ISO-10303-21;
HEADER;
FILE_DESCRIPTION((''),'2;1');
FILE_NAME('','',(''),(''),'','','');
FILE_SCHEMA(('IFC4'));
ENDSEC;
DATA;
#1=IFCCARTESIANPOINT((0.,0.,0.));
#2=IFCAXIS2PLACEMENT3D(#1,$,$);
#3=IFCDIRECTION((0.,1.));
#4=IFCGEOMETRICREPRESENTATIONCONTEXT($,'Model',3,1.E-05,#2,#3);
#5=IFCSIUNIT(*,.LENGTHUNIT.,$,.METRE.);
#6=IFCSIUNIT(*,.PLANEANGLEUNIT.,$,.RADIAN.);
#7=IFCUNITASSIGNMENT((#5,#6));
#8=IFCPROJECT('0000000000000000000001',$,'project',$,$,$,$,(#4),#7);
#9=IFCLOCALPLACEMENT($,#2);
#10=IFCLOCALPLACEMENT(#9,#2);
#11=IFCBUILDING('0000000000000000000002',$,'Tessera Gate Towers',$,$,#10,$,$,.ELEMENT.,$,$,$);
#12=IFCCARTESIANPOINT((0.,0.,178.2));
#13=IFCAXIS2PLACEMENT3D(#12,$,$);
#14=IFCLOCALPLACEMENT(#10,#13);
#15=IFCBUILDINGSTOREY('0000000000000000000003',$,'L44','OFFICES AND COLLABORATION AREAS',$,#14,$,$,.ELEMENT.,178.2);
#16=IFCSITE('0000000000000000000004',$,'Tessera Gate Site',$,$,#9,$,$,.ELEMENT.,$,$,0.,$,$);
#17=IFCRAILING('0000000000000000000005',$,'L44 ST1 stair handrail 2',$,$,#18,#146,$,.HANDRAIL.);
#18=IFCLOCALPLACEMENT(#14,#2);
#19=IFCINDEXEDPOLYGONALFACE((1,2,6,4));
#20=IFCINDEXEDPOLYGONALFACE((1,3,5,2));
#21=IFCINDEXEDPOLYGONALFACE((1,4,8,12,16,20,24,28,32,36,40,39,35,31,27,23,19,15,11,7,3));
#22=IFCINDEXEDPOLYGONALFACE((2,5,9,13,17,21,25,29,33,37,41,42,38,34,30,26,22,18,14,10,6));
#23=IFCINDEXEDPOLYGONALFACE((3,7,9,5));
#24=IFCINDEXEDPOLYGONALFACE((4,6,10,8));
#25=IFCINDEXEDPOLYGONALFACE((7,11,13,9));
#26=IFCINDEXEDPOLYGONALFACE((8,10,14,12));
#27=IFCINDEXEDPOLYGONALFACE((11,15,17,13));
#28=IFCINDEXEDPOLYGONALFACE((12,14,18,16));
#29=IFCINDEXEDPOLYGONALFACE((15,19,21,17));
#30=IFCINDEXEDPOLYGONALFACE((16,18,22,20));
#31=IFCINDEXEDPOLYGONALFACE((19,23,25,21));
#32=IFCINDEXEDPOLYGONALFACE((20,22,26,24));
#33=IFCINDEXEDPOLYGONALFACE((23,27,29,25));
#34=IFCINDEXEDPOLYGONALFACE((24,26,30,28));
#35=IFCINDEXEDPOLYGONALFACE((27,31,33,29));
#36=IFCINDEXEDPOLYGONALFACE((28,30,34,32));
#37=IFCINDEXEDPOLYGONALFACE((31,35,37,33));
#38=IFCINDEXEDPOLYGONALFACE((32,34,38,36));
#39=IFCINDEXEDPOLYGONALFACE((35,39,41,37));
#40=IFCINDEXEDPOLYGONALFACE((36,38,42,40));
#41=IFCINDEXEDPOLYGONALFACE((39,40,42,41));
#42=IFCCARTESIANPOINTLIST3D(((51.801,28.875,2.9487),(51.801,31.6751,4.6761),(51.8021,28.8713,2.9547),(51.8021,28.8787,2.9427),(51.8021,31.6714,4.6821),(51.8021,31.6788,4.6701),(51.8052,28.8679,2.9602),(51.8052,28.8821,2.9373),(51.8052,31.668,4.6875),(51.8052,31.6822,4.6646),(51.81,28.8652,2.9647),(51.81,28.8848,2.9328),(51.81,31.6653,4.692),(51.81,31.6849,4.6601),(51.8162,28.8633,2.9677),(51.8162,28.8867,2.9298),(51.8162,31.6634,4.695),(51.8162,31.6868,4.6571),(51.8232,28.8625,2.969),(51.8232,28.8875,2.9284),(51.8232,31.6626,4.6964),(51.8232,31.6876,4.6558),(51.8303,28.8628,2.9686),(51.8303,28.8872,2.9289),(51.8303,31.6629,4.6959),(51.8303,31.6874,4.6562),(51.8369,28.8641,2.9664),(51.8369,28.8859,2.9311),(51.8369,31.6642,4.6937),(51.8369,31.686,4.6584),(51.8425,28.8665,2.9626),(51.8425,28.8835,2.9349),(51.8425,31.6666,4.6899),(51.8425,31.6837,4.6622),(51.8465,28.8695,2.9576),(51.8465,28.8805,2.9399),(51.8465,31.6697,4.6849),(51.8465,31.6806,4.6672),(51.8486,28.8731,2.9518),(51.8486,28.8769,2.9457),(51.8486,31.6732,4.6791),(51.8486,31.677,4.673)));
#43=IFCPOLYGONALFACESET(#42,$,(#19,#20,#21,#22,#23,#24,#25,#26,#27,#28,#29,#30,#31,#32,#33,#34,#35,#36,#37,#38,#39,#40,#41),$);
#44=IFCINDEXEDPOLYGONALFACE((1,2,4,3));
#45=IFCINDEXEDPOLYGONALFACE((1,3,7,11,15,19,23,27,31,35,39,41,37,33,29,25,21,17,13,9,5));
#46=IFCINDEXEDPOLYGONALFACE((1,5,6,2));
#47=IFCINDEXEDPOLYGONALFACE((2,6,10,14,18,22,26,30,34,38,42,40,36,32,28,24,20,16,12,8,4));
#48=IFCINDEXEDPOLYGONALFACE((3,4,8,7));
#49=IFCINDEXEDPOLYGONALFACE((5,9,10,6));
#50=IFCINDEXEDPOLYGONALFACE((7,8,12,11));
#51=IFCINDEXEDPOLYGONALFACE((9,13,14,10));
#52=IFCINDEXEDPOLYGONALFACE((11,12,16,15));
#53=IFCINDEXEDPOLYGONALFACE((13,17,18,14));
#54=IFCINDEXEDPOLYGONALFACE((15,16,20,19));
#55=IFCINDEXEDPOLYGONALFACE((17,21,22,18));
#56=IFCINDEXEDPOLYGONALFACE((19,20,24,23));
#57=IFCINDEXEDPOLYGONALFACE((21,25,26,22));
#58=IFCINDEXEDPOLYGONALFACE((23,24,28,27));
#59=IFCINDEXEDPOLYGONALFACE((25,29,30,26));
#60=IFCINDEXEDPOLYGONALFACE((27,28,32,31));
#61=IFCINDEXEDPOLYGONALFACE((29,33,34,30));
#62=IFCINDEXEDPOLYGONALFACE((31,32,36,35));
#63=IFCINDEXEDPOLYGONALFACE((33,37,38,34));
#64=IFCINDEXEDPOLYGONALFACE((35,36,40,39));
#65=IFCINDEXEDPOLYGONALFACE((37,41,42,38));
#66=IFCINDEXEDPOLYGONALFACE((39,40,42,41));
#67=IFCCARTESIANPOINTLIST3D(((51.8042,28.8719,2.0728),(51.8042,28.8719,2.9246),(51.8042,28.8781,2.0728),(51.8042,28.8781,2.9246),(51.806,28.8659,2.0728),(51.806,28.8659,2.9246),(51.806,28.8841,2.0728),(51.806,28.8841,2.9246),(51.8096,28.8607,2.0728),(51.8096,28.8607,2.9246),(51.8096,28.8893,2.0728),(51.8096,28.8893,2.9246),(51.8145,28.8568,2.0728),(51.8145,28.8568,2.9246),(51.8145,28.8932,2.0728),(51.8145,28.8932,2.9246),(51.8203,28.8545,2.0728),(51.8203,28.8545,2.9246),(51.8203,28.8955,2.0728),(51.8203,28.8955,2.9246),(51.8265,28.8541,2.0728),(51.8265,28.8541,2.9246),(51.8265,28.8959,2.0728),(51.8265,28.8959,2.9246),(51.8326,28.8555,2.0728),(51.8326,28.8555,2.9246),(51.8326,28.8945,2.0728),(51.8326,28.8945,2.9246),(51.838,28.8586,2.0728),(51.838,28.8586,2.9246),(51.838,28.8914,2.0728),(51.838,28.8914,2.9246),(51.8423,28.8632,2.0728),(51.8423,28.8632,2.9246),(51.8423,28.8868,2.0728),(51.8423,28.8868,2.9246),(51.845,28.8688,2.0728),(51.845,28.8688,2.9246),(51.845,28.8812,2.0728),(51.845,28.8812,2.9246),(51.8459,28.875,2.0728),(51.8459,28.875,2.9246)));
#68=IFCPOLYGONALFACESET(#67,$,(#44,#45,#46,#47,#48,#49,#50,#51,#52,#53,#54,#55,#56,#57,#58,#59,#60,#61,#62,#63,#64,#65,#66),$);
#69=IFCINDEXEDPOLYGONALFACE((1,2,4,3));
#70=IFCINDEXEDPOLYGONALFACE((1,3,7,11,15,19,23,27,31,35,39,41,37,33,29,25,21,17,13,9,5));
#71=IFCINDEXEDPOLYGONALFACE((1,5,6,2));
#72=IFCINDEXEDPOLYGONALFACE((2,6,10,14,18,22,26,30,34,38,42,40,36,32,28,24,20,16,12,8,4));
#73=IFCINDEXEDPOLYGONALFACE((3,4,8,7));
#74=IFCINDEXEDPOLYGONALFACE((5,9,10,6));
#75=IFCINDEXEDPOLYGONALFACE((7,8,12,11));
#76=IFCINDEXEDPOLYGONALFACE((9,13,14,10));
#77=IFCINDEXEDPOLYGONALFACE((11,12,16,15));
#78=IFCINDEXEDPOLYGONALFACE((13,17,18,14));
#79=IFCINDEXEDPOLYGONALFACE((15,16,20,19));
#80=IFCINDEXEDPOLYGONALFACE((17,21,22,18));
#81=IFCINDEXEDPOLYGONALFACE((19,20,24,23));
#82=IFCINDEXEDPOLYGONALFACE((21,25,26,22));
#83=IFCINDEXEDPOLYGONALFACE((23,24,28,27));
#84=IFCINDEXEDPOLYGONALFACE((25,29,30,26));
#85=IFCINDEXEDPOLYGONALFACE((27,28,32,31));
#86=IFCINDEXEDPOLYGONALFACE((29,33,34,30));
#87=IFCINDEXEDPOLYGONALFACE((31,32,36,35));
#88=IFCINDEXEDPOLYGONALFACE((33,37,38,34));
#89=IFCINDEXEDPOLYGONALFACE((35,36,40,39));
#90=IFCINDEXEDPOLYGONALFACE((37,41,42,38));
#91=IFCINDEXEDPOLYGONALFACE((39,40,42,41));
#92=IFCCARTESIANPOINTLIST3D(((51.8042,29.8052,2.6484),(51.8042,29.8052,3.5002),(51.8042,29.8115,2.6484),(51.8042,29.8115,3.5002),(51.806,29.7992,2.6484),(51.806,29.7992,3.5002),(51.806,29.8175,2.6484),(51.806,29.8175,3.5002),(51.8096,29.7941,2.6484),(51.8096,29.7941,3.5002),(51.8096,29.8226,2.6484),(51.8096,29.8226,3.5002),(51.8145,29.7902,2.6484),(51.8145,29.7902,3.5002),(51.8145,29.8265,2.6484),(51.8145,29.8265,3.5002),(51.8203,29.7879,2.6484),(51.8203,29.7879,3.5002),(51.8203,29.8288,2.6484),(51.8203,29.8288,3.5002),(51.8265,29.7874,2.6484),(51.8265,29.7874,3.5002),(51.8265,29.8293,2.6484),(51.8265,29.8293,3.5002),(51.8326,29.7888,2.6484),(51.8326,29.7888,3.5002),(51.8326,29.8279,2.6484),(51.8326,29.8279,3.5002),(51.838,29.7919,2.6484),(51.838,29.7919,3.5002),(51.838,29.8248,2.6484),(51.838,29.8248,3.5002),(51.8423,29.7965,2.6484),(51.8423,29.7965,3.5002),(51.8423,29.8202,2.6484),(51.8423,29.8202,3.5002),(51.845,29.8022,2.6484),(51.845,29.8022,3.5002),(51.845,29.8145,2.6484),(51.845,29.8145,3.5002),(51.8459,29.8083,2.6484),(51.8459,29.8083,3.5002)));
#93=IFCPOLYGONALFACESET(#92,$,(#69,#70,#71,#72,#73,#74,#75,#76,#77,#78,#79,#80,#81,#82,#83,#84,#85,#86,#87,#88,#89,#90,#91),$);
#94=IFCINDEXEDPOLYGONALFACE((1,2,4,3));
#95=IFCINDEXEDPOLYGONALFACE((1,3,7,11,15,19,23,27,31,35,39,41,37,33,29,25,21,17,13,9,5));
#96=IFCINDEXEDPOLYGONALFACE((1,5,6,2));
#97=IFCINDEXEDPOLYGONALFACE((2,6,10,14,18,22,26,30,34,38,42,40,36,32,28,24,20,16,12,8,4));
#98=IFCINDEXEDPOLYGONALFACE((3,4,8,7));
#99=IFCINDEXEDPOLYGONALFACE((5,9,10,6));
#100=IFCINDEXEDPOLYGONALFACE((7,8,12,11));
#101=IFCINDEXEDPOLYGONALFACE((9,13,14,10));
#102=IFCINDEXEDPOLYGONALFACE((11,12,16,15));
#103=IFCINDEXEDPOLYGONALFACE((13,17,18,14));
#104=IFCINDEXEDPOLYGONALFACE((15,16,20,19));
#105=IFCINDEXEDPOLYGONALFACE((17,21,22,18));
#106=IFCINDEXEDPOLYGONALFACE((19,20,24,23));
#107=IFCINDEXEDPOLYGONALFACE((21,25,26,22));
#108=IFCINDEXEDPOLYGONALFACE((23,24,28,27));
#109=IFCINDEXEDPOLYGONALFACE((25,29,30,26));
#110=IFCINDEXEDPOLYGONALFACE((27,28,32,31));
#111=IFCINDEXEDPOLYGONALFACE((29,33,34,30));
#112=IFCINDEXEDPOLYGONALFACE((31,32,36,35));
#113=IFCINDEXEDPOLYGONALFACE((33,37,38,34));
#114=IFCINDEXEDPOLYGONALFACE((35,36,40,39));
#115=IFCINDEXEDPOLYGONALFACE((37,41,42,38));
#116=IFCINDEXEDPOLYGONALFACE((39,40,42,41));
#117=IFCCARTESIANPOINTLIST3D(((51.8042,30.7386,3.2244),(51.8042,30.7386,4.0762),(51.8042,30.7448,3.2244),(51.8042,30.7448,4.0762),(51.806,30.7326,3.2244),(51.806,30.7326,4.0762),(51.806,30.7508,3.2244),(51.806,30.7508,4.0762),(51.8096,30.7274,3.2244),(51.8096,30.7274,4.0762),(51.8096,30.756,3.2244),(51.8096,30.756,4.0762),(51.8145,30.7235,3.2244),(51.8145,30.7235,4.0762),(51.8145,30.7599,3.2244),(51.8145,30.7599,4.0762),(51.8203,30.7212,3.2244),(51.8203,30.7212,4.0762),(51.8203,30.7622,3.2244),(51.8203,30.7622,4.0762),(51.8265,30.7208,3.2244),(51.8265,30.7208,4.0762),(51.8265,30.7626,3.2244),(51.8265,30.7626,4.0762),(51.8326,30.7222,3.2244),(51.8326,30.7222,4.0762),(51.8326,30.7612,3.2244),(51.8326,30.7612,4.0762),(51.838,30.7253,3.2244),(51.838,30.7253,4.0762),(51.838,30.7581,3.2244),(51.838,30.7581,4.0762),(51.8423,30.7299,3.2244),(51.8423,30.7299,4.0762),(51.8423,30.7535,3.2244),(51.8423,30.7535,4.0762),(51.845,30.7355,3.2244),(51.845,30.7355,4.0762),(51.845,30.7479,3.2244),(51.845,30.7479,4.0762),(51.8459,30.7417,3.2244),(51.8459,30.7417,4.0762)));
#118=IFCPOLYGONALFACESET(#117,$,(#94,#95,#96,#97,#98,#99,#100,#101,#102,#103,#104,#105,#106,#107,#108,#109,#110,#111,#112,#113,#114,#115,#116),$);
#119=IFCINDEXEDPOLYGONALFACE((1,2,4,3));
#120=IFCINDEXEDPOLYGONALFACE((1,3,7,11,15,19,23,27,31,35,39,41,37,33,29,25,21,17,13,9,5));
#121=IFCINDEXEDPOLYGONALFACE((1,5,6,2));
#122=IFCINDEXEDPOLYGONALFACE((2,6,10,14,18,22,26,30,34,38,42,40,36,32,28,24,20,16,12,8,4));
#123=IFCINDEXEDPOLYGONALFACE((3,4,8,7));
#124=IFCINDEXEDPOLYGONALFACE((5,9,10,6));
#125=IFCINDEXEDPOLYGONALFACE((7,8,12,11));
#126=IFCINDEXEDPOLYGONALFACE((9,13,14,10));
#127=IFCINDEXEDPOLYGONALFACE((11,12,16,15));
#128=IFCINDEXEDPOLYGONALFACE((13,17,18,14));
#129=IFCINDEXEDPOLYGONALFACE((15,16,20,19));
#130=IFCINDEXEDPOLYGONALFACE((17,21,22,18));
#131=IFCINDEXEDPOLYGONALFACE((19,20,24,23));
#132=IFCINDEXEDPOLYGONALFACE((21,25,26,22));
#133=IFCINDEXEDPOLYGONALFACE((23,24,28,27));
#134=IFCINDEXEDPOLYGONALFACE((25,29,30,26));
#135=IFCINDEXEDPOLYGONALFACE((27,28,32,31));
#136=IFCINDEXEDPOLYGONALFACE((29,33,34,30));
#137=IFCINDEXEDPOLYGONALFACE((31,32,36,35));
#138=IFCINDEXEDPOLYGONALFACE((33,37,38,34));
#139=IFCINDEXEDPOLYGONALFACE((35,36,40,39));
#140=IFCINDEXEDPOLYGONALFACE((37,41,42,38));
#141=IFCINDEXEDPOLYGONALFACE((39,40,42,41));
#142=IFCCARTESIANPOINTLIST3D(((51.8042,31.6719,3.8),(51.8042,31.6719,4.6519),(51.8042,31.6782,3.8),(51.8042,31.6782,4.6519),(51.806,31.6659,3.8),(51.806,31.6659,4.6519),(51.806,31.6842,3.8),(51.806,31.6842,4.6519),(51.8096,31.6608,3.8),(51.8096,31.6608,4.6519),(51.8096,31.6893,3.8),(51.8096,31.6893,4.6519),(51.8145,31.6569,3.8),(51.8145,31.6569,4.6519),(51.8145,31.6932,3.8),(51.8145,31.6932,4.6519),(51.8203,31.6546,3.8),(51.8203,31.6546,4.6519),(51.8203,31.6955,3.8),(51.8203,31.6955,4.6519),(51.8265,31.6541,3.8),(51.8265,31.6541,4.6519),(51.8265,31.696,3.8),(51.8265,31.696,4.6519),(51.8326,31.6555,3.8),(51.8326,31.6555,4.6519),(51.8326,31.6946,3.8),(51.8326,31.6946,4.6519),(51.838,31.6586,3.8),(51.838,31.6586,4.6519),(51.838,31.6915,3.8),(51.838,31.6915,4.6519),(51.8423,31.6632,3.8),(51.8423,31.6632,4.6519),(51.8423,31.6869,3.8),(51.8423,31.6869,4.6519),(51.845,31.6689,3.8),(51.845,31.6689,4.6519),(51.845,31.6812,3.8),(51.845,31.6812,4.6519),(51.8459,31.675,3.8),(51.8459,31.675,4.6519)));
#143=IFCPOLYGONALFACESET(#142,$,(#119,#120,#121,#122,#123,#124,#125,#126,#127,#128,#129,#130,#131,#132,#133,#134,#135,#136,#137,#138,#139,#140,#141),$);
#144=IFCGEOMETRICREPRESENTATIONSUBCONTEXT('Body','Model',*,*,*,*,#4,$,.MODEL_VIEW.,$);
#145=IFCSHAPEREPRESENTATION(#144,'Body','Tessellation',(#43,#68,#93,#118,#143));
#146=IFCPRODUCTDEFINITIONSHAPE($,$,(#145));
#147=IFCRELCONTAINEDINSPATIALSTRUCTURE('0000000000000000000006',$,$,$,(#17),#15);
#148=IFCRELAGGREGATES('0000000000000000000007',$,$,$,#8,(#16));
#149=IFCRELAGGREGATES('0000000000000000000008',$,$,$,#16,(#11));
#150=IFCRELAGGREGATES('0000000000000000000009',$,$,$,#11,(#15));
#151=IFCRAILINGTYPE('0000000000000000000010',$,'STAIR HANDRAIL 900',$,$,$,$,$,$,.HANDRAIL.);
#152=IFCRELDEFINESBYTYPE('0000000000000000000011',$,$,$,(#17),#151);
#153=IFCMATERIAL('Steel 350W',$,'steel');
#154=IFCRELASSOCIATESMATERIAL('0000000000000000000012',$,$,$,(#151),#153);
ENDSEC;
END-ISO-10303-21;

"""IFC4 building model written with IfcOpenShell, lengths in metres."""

from ifc_helpers import new_model, si_unit, direction, frame, origin, origin_2d, place, context, subcontext, project, spatial, circle, extrude, material, type_object, element, save


model = new_model("IFC4")

# Units and contexts
model_context = context("Model", 3, precision=1e-05, world=origin(), true_north=direction((0.0, 1.0)))
body_context = subcontext(model_context, "Body", "Model", "MODEL_VIEW")
ifc_project = project(units=[si_unit("LENGTHUNIT", "METRE"), si_unit("PLANEANGLEUNIT", "RADIAN")], contexts=[model_context])

# Site, building, storey
site_placement = place(None, origin())
site = spatial("IfcSite", under=ifc_project, at=site_placement, Name="Tessera Gate Site", CompositionType="ELEMENT", RefElevation=0.0)
building_placement = place(site_placement, origin())
building = spatial("IfcBuilding", under=site, at=building_placement, Name="Tessera Gate Towers", CompositionType="ELEMENT")
storey_placement = place(building_placement, frame((0.0, 0.0, 178.2)))
storey = spatial("IfcBuildingStorey", under=building, at=storey_placement, Name="L44", Description="OFFICES AND COLLABORATION AREAS", CompositionType="ELEMENT", Elevation=178.2)

# Railing
ifc_material_1 = material(Name="Steel 350W", Category="steel")
railing_type = type_object("IfcRailingType", Name="STAIR HANDRAIL 900", PredefinedType="HANDRAIL", material=ifc_material_1)
railing_placement = place(storey_placement, frame((51.825, 28.875, 2.0728)))
element("IfcRailing", 1, at=railing_placement, inside=storey, type_object=railing_type, Name="L44 ST1 stair handrail 2", PredefinedType="HANDRAIL", context=body_context, shape_type="SweptSolid", body=[
    extrude(circle(Radius=0.0239, at=origin_2d()), frame((0.0, 0.0, 0.876), z_axis=(0.0, 0.85109, 0.52502), x_axis=(-1.0, 0.0, 0.0)), (0.0, 0.0, 1.0), 3.29),
    extrude(circle(Radius=0.021, at=origin_2d()), origin(), (0.0, 0.0, 1.0), 0.8518),
    extrude(circle(Radius=0.021, at=origin_2d()), frame((0.0, 0.9333, 0.5757)), (0.0, 0.0, 1.0), 0.8518),
    extrude(circle(Radius=0.021, at=origin_2d()), frame((0.0, 1.8667, 1.1516)), (0.0, 0.0, 1.0), 0.8518),
    extrude(circle(Radius=0.021, at=origin_2d()), frame((0.0, 2.8, 1.7273)), (0.0, 0.0, 1.0), 0.8518),
])

save(model, "model.ifc")
